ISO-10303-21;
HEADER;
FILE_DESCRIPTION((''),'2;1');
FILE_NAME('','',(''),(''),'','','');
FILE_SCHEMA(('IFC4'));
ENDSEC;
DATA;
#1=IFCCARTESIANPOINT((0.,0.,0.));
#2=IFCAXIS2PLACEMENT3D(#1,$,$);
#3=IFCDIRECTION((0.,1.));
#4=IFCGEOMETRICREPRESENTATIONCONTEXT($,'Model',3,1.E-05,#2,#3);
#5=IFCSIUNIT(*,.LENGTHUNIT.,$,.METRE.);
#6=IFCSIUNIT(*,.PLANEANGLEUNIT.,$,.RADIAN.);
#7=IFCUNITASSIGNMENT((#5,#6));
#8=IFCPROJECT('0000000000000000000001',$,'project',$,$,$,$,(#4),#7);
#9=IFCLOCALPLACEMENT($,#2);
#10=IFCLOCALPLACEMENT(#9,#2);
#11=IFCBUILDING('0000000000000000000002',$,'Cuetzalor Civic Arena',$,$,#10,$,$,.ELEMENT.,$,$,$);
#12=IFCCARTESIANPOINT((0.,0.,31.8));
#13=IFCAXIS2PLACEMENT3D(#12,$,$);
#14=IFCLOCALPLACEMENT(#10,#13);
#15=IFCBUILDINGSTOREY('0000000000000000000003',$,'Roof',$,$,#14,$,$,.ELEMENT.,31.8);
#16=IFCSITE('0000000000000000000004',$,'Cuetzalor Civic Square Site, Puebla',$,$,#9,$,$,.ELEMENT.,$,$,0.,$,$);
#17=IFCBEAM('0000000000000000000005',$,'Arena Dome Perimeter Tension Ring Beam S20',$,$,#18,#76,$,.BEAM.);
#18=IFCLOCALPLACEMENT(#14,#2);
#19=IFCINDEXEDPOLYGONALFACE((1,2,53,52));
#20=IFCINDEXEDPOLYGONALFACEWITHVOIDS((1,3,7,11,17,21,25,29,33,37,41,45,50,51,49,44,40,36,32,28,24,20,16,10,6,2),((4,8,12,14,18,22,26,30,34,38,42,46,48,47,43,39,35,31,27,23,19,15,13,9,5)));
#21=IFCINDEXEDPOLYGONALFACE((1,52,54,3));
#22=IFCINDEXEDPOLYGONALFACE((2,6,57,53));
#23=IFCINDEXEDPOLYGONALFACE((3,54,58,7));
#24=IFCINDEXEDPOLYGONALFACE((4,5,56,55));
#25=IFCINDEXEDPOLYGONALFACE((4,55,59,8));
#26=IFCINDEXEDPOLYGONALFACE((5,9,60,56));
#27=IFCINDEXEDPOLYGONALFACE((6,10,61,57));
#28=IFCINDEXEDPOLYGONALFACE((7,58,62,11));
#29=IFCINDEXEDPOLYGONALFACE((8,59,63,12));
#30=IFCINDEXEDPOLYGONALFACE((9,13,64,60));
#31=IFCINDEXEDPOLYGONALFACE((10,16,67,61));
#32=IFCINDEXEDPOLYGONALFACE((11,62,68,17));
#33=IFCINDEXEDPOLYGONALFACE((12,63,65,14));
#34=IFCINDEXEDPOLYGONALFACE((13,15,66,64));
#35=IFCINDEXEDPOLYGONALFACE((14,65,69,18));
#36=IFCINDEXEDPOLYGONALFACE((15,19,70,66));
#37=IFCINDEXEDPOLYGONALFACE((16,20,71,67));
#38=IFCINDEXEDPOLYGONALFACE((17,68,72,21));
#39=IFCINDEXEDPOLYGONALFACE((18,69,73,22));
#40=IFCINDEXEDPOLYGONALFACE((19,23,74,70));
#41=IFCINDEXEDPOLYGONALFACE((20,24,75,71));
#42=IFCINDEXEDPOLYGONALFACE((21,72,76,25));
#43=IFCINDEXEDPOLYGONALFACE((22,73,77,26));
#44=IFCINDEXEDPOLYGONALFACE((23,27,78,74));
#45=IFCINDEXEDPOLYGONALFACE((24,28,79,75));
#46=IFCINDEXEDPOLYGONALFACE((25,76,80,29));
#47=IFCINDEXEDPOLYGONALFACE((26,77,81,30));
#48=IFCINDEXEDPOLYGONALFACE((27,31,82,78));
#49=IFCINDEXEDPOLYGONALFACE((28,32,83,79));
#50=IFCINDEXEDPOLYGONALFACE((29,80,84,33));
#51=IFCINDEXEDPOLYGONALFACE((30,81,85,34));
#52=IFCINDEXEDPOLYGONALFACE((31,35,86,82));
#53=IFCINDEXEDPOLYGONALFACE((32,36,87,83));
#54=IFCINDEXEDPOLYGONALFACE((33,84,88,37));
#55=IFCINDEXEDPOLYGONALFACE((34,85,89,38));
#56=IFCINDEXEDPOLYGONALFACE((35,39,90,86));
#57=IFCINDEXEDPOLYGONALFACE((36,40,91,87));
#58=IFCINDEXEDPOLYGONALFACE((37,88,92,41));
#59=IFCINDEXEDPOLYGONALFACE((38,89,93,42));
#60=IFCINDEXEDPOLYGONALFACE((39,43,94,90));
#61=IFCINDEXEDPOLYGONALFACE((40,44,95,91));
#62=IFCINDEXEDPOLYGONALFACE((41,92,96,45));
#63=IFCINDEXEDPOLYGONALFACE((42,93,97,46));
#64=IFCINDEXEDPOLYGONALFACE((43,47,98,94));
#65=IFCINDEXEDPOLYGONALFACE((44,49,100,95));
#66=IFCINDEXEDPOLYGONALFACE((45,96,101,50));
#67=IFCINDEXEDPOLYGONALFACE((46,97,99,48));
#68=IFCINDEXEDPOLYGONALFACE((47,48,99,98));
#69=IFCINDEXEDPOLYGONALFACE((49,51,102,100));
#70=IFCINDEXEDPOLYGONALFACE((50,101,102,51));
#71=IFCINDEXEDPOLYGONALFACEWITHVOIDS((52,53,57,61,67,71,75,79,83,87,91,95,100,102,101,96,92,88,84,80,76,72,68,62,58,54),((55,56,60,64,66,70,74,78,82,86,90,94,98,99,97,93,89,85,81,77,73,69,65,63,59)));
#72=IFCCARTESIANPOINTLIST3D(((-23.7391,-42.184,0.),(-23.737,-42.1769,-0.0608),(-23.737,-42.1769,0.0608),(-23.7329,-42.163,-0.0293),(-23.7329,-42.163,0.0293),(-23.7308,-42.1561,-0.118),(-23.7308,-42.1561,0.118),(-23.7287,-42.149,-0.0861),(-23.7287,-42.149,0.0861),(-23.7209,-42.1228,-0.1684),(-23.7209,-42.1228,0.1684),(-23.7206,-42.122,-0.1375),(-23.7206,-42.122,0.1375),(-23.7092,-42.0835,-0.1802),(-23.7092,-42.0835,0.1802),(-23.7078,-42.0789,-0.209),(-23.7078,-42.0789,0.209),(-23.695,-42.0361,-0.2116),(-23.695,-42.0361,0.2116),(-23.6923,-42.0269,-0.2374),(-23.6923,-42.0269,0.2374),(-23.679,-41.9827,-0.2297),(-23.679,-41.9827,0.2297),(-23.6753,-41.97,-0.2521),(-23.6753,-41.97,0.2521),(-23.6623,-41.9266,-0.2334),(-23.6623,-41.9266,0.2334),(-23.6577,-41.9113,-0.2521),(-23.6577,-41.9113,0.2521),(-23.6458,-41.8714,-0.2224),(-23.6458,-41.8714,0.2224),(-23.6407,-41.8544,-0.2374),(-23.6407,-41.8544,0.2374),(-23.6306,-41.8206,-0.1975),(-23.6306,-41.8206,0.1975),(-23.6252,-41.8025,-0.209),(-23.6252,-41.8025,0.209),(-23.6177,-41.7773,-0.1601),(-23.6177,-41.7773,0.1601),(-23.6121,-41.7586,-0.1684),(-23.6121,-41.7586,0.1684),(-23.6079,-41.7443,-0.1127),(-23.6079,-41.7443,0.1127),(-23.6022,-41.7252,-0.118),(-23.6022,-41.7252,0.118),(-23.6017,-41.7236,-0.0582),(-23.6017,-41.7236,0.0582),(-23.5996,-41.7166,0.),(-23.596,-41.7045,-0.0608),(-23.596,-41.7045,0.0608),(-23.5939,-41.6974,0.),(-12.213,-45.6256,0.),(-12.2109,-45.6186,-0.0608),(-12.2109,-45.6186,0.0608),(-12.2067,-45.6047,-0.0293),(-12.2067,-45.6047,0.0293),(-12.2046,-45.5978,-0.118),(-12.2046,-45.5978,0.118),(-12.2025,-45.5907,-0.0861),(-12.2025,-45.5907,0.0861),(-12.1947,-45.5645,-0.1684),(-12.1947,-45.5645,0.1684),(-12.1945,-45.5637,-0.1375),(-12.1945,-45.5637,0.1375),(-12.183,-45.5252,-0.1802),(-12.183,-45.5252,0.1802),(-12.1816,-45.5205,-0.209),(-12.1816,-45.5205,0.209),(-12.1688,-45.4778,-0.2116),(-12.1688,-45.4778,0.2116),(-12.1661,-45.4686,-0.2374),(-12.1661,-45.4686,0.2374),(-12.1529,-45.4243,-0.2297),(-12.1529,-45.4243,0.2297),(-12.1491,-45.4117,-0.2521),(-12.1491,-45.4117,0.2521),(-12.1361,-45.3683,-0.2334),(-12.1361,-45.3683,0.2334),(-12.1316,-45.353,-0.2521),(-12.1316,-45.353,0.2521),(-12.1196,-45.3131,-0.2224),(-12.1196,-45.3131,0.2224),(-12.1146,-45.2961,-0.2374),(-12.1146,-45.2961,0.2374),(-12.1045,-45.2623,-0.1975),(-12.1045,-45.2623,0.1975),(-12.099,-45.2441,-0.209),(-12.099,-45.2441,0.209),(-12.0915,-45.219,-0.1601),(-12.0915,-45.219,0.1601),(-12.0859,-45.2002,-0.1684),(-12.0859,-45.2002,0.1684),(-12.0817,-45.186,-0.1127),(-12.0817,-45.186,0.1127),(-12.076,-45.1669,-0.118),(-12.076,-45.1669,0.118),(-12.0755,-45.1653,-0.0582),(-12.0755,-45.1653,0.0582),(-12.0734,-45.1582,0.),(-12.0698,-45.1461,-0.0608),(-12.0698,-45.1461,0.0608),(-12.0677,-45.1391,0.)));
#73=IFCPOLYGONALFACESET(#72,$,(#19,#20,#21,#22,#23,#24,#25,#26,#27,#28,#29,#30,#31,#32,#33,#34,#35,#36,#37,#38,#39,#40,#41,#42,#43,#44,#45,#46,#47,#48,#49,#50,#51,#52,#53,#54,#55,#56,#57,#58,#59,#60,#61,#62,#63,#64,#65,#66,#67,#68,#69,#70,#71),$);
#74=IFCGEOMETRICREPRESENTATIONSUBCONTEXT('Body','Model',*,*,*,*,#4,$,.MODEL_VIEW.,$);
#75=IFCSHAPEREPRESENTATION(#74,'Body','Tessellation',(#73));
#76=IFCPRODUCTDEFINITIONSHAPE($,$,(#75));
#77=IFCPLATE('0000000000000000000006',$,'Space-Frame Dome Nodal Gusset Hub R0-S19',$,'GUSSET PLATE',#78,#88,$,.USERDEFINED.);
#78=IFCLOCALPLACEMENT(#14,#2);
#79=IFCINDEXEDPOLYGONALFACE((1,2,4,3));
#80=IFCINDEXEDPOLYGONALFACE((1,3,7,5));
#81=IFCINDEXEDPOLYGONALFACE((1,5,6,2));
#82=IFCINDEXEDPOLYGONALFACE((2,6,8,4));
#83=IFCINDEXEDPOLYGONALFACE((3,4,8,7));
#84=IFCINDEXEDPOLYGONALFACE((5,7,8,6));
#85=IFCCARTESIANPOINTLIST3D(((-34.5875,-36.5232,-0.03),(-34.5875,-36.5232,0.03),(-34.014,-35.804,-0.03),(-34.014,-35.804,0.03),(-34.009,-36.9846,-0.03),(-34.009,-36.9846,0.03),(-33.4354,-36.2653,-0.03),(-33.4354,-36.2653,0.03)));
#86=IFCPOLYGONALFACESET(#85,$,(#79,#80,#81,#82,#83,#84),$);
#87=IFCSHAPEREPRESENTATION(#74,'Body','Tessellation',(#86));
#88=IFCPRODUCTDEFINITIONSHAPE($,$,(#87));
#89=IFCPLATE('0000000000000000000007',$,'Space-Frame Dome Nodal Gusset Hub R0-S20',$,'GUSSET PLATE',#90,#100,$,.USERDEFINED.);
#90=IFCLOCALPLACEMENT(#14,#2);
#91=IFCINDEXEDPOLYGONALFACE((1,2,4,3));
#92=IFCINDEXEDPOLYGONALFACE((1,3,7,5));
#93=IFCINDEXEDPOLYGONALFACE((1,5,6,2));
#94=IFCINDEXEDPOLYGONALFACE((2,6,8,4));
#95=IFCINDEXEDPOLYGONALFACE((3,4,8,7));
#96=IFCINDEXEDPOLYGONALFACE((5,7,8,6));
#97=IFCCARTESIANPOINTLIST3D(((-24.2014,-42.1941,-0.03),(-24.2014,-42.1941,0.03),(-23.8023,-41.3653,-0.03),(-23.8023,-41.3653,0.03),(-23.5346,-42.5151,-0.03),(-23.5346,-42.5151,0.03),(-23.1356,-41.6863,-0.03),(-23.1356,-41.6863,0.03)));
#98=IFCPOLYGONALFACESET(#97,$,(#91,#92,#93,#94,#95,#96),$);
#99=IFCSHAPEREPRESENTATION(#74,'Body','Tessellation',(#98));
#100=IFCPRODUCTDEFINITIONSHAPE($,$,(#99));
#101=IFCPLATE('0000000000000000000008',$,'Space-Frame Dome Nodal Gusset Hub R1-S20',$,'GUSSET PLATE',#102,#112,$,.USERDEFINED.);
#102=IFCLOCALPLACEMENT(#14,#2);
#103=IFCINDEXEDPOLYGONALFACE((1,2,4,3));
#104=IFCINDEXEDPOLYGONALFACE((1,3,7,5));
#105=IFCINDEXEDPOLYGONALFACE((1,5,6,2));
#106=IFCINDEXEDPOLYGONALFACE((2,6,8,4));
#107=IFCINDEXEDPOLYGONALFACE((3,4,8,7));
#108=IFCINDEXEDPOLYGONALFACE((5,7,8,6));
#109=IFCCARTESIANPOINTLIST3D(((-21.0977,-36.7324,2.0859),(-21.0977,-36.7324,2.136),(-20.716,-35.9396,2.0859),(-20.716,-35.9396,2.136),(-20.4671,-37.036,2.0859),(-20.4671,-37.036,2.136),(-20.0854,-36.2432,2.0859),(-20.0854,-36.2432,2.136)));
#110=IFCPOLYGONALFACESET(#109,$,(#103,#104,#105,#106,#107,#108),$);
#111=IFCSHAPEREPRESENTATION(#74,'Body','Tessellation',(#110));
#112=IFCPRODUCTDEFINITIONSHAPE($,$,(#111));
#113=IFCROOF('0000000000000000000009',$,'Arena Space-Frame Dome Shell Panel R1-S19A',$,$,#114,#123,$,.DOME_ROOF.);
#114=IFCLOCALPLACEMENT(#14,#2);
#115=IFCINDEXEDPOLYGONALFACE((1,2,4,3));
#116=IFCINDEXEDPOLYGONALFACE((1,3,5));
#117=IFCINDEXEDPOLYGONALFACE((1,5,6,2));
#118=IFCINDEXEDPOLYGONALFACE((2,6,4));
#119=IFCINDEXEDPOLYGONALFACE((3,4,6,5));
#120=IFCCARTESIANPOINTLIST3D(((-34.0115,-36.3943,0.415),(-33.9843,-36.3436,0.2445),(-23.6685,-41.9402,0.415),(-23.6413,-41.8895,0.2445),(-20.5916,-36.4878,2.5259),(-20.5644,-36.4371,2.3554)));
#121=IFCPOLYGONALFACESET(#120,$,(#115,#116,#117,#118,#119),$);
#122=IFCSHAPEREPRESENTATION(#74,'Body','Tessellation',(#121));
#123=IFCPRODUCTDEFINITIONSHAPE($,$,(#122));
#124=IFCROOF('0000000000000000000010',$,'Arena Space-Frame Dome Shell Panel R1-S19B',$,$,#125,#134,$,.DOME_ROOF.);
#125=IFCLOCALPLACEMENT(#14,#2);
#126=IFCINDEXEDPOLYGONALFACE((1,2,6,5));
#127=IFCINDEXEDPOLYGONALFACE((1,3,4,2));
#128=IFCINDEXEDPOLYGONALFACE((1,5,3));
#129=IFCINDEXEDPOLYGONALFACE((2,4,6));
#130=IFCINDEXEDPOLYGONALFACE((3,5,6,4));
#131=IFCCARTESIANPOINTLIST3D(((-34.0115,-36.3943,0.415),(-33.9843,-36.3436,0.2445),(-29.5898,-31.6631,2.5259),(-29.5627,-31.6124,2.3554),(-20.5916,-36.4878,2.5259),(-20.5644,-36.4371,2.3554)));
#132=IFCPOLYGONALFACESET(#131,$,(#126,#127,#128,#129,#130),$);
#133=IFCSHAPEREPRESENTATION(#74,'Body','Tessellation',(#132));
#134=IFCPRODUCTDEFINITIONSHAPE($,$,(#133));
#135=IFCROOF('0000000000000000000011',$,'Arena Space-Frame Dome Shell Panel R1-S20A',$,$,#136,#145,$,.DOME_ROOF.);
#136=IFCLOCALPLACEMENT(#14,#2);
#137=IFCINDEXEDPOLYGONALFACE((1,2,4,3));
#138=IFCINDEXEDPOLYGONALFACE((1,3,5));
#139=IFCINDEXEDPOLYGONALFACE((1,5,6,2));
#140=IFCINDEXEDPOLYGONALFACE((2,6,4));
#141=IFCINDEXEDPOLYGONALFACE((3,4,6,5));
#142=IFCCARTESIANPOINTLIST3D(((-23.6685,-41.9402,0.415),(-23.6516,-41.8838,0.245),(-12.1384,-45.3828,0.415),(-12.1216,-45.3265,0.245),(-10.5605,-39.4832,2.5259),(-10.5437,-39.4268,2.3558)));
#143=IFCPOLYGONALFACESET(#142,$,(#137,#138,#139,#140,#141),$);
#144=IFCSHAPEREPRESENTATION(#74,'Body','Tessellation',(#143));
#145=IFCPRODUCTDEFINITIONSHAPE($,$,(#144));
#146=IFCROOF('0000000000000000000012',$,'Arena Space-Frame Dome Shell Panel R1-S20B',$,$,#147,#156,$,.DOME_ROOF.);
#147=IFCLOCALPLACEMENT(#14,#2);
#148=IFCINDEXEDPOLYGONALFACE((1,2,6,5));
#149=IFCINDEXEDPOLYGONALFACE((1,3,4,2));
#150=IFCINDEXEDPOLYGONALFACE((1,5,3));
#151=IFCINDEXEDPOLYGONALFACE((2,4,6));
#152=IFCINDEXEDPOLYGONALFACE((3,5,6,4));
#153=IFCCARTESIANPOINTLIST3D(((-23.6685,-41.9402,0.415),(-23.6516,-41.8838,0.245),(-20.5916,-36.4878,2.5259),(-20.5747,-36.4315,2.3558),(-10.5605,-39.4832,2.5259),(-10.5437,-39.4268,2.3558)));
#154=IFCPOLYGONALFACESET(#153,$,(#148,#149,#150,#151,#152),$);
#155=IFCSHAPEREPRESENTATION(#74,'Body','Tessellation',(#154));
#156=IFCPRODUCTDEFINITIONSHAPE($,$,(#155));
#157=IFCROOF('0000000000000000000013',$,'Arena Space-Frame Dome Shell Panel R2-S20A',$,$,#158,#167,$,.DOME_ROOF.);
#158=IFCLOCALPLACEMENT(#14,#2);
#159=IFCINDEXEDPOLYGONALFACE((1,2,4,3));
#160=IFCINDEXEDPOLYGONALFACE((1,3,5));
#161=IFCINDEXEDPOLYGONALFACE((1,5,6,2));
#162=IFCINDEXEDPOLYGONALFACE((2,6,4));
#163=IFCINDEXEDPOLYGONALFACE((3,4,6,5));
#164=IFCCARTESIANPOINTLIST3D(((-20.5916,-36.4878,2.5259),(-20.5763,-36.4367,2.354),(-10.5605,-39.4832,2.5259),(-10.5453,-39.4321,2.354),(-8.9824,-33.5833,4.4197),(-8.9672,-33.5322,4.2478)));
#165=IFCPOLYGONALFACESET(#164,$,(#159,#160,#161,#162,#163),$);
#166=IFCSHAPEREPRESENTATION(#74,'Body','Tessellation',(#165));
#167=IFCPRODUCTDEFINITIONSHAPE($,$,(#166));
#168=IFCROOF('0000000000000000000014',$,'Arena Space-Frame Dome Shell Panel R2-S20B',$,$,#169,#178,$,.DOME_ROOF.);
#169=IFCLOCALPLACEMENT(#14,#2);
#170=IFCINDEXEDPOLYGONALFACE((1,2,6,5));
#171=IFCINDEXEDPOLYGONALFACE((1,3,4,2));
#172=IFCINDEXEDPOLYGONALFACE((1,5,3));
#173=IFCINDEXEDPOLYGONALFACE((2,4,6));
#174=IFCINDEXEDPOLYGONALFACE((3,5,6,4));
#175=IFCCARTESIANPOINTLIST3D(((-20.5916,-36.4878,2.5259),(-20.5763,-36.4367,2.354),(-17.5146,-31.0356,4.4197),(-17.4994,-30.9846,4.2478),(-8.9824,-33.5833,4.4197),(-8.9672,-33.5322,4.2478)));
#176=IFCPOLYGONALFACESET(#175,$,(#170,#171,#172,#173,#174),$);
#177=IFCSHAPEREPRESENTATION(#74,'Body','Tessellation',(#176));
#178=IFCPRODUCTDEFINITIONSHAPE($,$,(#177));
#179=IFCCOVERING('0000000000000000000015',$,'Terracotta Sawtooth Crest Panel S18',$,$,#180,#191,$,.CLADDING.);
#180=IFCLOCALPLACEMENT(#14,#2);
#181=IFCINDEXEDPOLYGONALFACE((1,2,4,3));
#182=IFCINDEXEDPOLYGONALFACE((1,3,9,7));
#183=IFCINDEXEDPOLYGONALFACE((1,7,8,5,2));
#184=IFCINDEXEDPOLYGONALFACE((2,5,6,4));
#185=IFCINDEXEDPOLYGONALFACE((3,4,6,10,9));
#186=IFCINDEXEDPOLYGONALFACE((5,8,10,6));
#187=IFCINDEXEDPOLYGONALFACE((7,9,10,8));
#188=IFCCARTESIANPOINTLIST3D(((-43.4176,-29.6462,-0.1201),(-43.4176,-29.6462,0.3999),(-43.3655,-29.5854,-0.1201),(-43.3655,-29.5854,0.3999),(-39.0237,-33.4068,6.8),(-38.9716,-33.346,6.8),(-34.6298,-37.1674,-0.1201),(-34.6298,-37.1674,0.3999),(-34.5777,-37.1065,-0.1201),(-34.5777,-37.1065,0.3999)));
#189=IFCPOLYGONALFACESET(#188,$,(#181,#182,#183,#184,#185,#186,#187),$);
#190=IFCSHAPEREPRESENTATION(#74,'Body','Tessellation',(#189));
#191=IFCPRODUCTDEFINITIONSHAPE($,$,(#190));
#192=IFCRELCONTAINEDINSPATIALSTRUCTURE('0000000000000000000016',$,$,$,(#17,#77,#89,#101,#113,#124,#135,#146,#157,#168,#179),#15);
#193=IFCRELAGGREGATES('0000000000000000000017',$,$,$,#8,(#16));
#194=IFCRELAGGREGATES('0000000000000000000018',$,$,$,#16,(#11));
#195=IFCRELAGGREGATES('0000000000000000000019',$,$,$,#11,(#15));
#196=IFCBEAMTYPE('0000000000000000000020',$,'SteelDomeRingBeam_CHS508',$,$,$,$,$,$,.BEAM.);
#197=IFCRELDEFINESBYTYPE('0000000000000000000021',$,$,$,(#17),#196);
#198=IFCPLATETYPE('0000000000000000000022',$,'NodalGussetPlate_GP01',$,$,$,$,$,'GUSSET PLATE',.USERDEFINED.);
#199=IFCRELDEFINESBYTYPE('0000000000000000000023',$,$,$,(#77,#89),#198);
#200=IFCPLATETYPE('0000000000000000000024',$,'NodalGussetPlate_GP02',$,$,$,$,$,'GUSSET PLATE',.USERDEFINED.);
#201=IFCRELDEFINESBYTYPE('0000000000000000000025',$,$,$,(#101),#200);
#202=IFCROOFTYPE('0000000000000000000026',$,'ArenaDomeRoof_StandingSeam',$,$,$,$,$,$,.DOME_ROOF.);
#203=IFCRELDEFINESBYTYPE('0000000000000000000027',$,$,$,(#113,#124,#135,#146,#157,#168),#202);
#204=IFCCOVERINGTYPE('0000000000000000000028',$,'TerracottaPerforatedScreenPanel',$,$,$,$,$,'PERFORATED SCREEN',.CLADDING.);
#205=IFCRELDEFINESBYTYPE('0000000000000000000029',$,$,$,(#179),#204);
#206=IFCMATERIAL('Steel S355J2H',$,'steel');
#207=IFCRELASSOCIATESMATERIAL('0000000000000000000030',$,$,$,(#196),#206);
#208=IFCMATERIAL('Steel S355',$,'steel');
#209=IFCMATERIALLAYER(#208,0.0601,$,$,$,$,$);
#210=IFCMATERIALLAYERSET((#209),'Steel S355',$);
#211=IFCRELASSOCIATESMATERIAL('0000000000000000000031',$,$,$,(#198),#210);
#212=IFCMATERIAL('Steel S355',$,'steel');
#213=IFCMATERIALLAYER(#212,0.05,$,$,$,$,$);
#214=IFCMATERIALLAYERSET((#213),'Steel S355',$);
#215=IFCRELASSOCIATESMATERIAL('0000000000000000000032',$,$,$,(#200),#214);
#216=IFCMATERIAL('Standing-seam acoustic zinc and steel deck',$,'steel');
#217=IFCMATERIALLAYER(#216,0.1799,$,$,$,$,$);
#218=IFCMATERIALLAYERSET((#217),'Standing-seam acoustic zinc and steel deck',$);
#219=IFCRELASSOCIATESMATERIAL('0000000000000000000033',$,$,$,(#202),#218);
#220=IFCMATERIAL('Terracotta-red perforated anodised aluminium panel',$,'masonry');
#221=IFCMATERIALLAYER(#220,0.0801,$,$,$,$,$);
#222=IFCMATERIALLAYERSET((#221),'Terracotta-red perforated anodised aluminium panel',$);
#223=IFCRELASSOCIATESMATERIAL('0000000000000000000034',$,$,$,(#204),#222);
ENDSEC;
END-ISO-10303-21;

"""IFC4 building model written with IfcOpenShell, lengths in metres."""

from ifc_helpers import new_model, si_unit, direction, frame, origin, origin_2d, place, context, subcontext, project, spatial, polyline, rectangle, hollow_circle, outline, extrude, material, layer, layer_set, material_profile, profile_set, type_object, element, save


model = new_model("IFC4")

# Units and contexts
model_context = context("Model", 3, precision=1e-05, world=origin(), true_north=direction((0.0, 1.0)))
body_context = subcontext(model_context, "Body", "Model", "MODEL_VIEW")
ifc_project = project(units=[si_unit("LENGTHUNIT", "METRE"), si_unit("PLANEANGLEUNIT", "RADIAN")], contexts=[model_context])

# Site, building, storey
site_placement = place(None, origin())
site = spatial("IfcSite", under=ifc_project, at=site_placement, Name="Cuetzalor Civic Square Site, Puebla", CompositionType="ELEMENT", RefElevation=0.0)
building_placement = place(site_placement, origin())
building = spatial("IfcBuilding", under=site, at=building_placement, Name="Cuetzalor Civic Arena", CompositionType="ELEMENT")
storey_placement = place(building_placement, frame((0.0, 0.0, 31.8)))
storey = spatial("IfcBuildingStorey", under=building, at=storey_placement, Name="Roof", CompositionType="ELEMENT", Elevation=31.8)

# Beam
ifc_material_1 = material(Name="Steel S355J2H", Category="steel")
ifc_material_profile_1 = material_profile(ifc_material_1, hollow_circle(Radius=0.2539, WallThickness=0.02, at=origin_2d()), Name="CHS 508x20")
ifc_profile_set_1 = profile_set([ifc_material_profile_1], Name="Steel S355J2H")
beam_type = type_object("IfcBeamType", Name="SteelDomeRingBeam_CHS508", PredefinedType="BEAM", material=ifc_profile_set_1)
beam_1_placement = place(storey_placement, frame((-23.6665, -41.9407, 0.0), z_axis=(0.958196, -0.286113, 0.0), x_axis=(0.286113, 0.958196, 0.0)))
element("IfcBeam", 1, at=beam_1_placement, inside=storey, type_object=beam_type, Name="Arena Dome Perimeter Tension Ring Beam S20", PredefinedType="BEAM", context=body_context, shape_type="SweptSolid", body=[
    extrude(hollow_circle(Radius=0.2539, WallThickness=0.02, at=origin_2d()), origin(), (0.0, 0.0, 1.0), 12.0291),
])

# Plates
ifc_material_2 = material(Name="Steel S355", Category="steel")
ifc_layer_1 = layer(ifc_material_2, 0.0601)
ifc_layer_set_1 = layer_set([ifc_layer_1], Name="Steel S355")
plate_type_1 = type_object("IfcPlateType", Name="NodalGussetPlate_GP01", ElementType="GUSSET PLATE", PredefinedType="USERDEFINED", material=ifc_layer_set_1)
for number, where, z_axis, x_axis, name in (
    (2, (-34.0115, -36.3943, -0.03), (0.0, 0.0, 1.0), (-0.62347, -0.781847, 0.0), "Space-Frame Dome Nodal Gusset Hub R0-S19"),
    (3, (-23.6685, -41.9402, -0.03), (0.0, 0.0, 1.0), (-0.433816, -0.901001, 0.0), "Space-Frame Dome Nodal Gusset Hub R0-S20"),
):
    element("IfcPlate", number, at=place(storey_placement, frame(where, z_axis=z_axis, x_axis=x_axis)), inside=storey, type_object=plate_type_1, Name=name, ObjectType="GUSSET PLATE", PredefinedType="USERDEFINED", context=body_context, shape_type="SweptSolid", body=[
        extrude(rectangle(XDim=0.9199, YDim=0.74, at=origin_2d()), origin(), (0.0, 0.0, 1.0), 0.0601),
    ])
ifc_material_3 = material(Name="Steel S355", Category="steel")
ifc_layer_2 = layer(ifc_material_3, 0.05)
ifc_layer_set_2 = layer_set([ifc_layer_2], Name="Steel S355")
plate_type_2 = type_object("IfcPlateType", Name="NodalGussetPlate_GP02", ElementType="GUSSET PLATE", PredefinedType="USERDEFINED", material=ifc_layer_set_2)
plate_placement = place(storey_placement, frame((-20.5916, -36.4878, 2.0859), z_axis=(0.0, 0.0, 1.0), x_axis=(-0.433816, -0.901001, 0.0)))
element("IfcPlate", 4, at=plate_placement, inside=storey, type_object=plate_type_2, Name="Space-Frame Dome Nodal Gusset Hub R1-S20", ObjectType="GUSSET PLATE", PredefinedType="USERDEFINED", context=body_context, shape_type="SweptSolid", body=[
    extrude(rectangle(XDim=0.8799, YDim=0.7, at=origin_2d()), origin(), (0.0, 0.0, 1.0), 0.05),
])

# Roofs
ifc_material_4 = material(Name="Standing-seam acoustic zinc and steel deck", Category="steel")
ifc_layer_3 = layer(ifc_material_4, 0.1799)
ifc_layer_set_3 = layer_set([ifc_layer_3], Name="Standing-seam acoustic zinc and steel deck")
roof_type = type_object("IfcRoofType", Name="ArenaDomeRoof_StandingSeam", PredefinedType="DOME_ROOF", material=ifc_layer_set_3)
roof_1_placement = place(storey_placement, frame((-34.0115, -36.3943, 0.415), z_axis=(-0.151007, -0.281625, 0.947568), x_axis=(0.881303, -0.472552, 0.0)))
element("IfcRoof", 5, at=roof_1_placement, inside=storey, type_object=roof_type, Name="Arena Space-Frame Dome Shell Panel R1-S19A", PredefinedType="DOME_ROOF", context=body_context, shape_type="SweptSolid", body=[
    extrude(outline(polyline([(0.0, 0.0), (11.7361, 0.0), (11.8712, 6.6056), (0.0, 0.0)])), origin(), (0.0, 0.0, -1.0), 0.1799),
])
roof_2_placement = place(storey_placement, frame((-34.0115, -36.3943, 0.415), z_axis=(-0.151006, -0.281633, 0.947565), x_axis=(0.987831, -0.006883, 0.155377)))
element("IfcRoof", 6, at=roof_2_placement, inside=storey, type_object=roof_type, Name="Arena Space-Frame Dome Shell Panel R1-S19B", PredefinedType="DOME_ROOF", context=body_context, shape_type="SweptSolid", body=[
    extrude(outline(polyline([(0.0, 0.0), (13.5852, 0.0), (4.6632, 4.9644), (0.0, 0.0)])), origin(), (0.0, 0.0, -1.0), 0.1799),
])
roof_3_placement = place(storey_placement, frame((-23.6685, -41.9402, 0.415), z_axis=(-0.093497, -0.313139, 0.945094), x_axis=(0.9582, -0.286099, 0.0)))
element("IfcRoof", 7, at=roof_3_placement, inside=storey, type_object=roof_type, Name="Arena Space-Frame Dome Shell Panel R1-S20A", PredefinedType="DOME_ROOF", context=body_context, shape_type="SweptSolid", body=[
    extrude(outline(polyline([(0.0, 0.0), (12.033, 0.0), (11.857, 6.4591), (0.0, 0.0)])), origin(), (0.0, 0.0, -1.0), 0.1799),
])
roof_4_placement = place(storey_placement, frame((-23.6685, -41.9402, 0.415), z_axis=(-0.093501, -0.313121, 0.945099), x_axis=(0.970797, 0.181972, 0.156333)))
element("IfcRoof", 8, at=roof_4_placement, inside=storey, type_object=roof_type, Name="Arena Space-Frame Dome Shell Panel R1-S20B", PredefinedType="DOME_ROOF", context=body_context, shape_type="SweptSolid", body=[
    extrude(outline(polyline([(0.0, 0.0), (13.5022, 0.0), (4.3092, 5.0082), (0.0, 0.0)])), origin(), (0.0, 0.0, -1.0), 0.1799),
])
roof_5_placement = place(storey_placement, frame((-20.5916, -36.4878, 2.5259), z_axis=(-0.084775, -0.2839, 0.955099), x_axis=(0.958192, -0.286126, 0.0)))
element("IfcRoof", 9, at=roof_5_placement, inside=storey, type_object=roof_type, Name="Arena Space-Frame Dome Shell Panel R2-S20A", PredefinedType="DOME_ROOF", context=body_context, shape_type="SweptSolid", body=[
    extrude(outline(polyline([(0.0, 0.0), (10.4687, 0.0), (10.2927, 6.3918), (0.0, 0.0)])), origin(), (0.0, 0.0, -1.0), 0.1799),
])
roof_6_placement = place(storey_placement, frame((-20.5916, -36.4878, 2.5259), z_axis=(-0.084772, -0.283911, 0.955096), x_axis=(0.958174, 0.23973, 0.156307)))
element("IfcRoof", 10, at=roof_6_placement, inside=storey, type_object=roof_type, Name="Arena Space-Frame Dome Shell Panel R2-S20B", PredefinedType="DOME_ROOF", context=body_context, shape_type="SweptSolid", body=[
    extrude(outline(polyline([(0.0, 0.0), (12.1159, 0.0), (4.5513, 4.6974), (0.0, 0.0)])), origin(), (0.0, 0.0, -1.0), 0.1799),
])

# Covering
ifc_material_5 = material(Name="Terracotta-red perforated anodised aluminium panel", Category="masonry")
ifc_layer_4 = layer(ifc_material_5, 0.0801)
ifc_layer_set_4 = layer_set([ifc_layer_4], Name="Terracotta-red perforated anodised aluminium panel")
covering_type = type_object("IfcCoveringType", Name="TerracottaPerforatedScreenPanel", ElementType="PERFORATED SCREEN", PredefinedType="CLADDING", material=ifc_layer_set_4)
covering_1_placement = place(storey_placement, frame((-34.6038, -37.137, -0.1201), z_axis=(0.0, 0.0, 1.0), x_axis=(-0.759735, 0.650233, 0.0)))
element("IfcCovering", 11, at=covering_1_placement, inside=storey, type_object=covering_type, Name="Terracotta Sawtooth Crest Panel S18", PredefinedType="CLADDING", context=body_context, shape_type="SweptSolid", body=[
    extrude(outline(polyline([(0.0, 0.0), (11.5669, 0.0), (11.5669, 0.52), (5.7834, 6.9202), (0.0, 0.52), (0.0, 0.0)])), frame((0.0, 0.04, 0.0), z_axis=(0.0, -1.0, 0.0), x_axis=(1.0, 0.0, 0.0)), (0.0, 0.0, 1.0), 0.0801),
])

save(model, "model.ifc")
